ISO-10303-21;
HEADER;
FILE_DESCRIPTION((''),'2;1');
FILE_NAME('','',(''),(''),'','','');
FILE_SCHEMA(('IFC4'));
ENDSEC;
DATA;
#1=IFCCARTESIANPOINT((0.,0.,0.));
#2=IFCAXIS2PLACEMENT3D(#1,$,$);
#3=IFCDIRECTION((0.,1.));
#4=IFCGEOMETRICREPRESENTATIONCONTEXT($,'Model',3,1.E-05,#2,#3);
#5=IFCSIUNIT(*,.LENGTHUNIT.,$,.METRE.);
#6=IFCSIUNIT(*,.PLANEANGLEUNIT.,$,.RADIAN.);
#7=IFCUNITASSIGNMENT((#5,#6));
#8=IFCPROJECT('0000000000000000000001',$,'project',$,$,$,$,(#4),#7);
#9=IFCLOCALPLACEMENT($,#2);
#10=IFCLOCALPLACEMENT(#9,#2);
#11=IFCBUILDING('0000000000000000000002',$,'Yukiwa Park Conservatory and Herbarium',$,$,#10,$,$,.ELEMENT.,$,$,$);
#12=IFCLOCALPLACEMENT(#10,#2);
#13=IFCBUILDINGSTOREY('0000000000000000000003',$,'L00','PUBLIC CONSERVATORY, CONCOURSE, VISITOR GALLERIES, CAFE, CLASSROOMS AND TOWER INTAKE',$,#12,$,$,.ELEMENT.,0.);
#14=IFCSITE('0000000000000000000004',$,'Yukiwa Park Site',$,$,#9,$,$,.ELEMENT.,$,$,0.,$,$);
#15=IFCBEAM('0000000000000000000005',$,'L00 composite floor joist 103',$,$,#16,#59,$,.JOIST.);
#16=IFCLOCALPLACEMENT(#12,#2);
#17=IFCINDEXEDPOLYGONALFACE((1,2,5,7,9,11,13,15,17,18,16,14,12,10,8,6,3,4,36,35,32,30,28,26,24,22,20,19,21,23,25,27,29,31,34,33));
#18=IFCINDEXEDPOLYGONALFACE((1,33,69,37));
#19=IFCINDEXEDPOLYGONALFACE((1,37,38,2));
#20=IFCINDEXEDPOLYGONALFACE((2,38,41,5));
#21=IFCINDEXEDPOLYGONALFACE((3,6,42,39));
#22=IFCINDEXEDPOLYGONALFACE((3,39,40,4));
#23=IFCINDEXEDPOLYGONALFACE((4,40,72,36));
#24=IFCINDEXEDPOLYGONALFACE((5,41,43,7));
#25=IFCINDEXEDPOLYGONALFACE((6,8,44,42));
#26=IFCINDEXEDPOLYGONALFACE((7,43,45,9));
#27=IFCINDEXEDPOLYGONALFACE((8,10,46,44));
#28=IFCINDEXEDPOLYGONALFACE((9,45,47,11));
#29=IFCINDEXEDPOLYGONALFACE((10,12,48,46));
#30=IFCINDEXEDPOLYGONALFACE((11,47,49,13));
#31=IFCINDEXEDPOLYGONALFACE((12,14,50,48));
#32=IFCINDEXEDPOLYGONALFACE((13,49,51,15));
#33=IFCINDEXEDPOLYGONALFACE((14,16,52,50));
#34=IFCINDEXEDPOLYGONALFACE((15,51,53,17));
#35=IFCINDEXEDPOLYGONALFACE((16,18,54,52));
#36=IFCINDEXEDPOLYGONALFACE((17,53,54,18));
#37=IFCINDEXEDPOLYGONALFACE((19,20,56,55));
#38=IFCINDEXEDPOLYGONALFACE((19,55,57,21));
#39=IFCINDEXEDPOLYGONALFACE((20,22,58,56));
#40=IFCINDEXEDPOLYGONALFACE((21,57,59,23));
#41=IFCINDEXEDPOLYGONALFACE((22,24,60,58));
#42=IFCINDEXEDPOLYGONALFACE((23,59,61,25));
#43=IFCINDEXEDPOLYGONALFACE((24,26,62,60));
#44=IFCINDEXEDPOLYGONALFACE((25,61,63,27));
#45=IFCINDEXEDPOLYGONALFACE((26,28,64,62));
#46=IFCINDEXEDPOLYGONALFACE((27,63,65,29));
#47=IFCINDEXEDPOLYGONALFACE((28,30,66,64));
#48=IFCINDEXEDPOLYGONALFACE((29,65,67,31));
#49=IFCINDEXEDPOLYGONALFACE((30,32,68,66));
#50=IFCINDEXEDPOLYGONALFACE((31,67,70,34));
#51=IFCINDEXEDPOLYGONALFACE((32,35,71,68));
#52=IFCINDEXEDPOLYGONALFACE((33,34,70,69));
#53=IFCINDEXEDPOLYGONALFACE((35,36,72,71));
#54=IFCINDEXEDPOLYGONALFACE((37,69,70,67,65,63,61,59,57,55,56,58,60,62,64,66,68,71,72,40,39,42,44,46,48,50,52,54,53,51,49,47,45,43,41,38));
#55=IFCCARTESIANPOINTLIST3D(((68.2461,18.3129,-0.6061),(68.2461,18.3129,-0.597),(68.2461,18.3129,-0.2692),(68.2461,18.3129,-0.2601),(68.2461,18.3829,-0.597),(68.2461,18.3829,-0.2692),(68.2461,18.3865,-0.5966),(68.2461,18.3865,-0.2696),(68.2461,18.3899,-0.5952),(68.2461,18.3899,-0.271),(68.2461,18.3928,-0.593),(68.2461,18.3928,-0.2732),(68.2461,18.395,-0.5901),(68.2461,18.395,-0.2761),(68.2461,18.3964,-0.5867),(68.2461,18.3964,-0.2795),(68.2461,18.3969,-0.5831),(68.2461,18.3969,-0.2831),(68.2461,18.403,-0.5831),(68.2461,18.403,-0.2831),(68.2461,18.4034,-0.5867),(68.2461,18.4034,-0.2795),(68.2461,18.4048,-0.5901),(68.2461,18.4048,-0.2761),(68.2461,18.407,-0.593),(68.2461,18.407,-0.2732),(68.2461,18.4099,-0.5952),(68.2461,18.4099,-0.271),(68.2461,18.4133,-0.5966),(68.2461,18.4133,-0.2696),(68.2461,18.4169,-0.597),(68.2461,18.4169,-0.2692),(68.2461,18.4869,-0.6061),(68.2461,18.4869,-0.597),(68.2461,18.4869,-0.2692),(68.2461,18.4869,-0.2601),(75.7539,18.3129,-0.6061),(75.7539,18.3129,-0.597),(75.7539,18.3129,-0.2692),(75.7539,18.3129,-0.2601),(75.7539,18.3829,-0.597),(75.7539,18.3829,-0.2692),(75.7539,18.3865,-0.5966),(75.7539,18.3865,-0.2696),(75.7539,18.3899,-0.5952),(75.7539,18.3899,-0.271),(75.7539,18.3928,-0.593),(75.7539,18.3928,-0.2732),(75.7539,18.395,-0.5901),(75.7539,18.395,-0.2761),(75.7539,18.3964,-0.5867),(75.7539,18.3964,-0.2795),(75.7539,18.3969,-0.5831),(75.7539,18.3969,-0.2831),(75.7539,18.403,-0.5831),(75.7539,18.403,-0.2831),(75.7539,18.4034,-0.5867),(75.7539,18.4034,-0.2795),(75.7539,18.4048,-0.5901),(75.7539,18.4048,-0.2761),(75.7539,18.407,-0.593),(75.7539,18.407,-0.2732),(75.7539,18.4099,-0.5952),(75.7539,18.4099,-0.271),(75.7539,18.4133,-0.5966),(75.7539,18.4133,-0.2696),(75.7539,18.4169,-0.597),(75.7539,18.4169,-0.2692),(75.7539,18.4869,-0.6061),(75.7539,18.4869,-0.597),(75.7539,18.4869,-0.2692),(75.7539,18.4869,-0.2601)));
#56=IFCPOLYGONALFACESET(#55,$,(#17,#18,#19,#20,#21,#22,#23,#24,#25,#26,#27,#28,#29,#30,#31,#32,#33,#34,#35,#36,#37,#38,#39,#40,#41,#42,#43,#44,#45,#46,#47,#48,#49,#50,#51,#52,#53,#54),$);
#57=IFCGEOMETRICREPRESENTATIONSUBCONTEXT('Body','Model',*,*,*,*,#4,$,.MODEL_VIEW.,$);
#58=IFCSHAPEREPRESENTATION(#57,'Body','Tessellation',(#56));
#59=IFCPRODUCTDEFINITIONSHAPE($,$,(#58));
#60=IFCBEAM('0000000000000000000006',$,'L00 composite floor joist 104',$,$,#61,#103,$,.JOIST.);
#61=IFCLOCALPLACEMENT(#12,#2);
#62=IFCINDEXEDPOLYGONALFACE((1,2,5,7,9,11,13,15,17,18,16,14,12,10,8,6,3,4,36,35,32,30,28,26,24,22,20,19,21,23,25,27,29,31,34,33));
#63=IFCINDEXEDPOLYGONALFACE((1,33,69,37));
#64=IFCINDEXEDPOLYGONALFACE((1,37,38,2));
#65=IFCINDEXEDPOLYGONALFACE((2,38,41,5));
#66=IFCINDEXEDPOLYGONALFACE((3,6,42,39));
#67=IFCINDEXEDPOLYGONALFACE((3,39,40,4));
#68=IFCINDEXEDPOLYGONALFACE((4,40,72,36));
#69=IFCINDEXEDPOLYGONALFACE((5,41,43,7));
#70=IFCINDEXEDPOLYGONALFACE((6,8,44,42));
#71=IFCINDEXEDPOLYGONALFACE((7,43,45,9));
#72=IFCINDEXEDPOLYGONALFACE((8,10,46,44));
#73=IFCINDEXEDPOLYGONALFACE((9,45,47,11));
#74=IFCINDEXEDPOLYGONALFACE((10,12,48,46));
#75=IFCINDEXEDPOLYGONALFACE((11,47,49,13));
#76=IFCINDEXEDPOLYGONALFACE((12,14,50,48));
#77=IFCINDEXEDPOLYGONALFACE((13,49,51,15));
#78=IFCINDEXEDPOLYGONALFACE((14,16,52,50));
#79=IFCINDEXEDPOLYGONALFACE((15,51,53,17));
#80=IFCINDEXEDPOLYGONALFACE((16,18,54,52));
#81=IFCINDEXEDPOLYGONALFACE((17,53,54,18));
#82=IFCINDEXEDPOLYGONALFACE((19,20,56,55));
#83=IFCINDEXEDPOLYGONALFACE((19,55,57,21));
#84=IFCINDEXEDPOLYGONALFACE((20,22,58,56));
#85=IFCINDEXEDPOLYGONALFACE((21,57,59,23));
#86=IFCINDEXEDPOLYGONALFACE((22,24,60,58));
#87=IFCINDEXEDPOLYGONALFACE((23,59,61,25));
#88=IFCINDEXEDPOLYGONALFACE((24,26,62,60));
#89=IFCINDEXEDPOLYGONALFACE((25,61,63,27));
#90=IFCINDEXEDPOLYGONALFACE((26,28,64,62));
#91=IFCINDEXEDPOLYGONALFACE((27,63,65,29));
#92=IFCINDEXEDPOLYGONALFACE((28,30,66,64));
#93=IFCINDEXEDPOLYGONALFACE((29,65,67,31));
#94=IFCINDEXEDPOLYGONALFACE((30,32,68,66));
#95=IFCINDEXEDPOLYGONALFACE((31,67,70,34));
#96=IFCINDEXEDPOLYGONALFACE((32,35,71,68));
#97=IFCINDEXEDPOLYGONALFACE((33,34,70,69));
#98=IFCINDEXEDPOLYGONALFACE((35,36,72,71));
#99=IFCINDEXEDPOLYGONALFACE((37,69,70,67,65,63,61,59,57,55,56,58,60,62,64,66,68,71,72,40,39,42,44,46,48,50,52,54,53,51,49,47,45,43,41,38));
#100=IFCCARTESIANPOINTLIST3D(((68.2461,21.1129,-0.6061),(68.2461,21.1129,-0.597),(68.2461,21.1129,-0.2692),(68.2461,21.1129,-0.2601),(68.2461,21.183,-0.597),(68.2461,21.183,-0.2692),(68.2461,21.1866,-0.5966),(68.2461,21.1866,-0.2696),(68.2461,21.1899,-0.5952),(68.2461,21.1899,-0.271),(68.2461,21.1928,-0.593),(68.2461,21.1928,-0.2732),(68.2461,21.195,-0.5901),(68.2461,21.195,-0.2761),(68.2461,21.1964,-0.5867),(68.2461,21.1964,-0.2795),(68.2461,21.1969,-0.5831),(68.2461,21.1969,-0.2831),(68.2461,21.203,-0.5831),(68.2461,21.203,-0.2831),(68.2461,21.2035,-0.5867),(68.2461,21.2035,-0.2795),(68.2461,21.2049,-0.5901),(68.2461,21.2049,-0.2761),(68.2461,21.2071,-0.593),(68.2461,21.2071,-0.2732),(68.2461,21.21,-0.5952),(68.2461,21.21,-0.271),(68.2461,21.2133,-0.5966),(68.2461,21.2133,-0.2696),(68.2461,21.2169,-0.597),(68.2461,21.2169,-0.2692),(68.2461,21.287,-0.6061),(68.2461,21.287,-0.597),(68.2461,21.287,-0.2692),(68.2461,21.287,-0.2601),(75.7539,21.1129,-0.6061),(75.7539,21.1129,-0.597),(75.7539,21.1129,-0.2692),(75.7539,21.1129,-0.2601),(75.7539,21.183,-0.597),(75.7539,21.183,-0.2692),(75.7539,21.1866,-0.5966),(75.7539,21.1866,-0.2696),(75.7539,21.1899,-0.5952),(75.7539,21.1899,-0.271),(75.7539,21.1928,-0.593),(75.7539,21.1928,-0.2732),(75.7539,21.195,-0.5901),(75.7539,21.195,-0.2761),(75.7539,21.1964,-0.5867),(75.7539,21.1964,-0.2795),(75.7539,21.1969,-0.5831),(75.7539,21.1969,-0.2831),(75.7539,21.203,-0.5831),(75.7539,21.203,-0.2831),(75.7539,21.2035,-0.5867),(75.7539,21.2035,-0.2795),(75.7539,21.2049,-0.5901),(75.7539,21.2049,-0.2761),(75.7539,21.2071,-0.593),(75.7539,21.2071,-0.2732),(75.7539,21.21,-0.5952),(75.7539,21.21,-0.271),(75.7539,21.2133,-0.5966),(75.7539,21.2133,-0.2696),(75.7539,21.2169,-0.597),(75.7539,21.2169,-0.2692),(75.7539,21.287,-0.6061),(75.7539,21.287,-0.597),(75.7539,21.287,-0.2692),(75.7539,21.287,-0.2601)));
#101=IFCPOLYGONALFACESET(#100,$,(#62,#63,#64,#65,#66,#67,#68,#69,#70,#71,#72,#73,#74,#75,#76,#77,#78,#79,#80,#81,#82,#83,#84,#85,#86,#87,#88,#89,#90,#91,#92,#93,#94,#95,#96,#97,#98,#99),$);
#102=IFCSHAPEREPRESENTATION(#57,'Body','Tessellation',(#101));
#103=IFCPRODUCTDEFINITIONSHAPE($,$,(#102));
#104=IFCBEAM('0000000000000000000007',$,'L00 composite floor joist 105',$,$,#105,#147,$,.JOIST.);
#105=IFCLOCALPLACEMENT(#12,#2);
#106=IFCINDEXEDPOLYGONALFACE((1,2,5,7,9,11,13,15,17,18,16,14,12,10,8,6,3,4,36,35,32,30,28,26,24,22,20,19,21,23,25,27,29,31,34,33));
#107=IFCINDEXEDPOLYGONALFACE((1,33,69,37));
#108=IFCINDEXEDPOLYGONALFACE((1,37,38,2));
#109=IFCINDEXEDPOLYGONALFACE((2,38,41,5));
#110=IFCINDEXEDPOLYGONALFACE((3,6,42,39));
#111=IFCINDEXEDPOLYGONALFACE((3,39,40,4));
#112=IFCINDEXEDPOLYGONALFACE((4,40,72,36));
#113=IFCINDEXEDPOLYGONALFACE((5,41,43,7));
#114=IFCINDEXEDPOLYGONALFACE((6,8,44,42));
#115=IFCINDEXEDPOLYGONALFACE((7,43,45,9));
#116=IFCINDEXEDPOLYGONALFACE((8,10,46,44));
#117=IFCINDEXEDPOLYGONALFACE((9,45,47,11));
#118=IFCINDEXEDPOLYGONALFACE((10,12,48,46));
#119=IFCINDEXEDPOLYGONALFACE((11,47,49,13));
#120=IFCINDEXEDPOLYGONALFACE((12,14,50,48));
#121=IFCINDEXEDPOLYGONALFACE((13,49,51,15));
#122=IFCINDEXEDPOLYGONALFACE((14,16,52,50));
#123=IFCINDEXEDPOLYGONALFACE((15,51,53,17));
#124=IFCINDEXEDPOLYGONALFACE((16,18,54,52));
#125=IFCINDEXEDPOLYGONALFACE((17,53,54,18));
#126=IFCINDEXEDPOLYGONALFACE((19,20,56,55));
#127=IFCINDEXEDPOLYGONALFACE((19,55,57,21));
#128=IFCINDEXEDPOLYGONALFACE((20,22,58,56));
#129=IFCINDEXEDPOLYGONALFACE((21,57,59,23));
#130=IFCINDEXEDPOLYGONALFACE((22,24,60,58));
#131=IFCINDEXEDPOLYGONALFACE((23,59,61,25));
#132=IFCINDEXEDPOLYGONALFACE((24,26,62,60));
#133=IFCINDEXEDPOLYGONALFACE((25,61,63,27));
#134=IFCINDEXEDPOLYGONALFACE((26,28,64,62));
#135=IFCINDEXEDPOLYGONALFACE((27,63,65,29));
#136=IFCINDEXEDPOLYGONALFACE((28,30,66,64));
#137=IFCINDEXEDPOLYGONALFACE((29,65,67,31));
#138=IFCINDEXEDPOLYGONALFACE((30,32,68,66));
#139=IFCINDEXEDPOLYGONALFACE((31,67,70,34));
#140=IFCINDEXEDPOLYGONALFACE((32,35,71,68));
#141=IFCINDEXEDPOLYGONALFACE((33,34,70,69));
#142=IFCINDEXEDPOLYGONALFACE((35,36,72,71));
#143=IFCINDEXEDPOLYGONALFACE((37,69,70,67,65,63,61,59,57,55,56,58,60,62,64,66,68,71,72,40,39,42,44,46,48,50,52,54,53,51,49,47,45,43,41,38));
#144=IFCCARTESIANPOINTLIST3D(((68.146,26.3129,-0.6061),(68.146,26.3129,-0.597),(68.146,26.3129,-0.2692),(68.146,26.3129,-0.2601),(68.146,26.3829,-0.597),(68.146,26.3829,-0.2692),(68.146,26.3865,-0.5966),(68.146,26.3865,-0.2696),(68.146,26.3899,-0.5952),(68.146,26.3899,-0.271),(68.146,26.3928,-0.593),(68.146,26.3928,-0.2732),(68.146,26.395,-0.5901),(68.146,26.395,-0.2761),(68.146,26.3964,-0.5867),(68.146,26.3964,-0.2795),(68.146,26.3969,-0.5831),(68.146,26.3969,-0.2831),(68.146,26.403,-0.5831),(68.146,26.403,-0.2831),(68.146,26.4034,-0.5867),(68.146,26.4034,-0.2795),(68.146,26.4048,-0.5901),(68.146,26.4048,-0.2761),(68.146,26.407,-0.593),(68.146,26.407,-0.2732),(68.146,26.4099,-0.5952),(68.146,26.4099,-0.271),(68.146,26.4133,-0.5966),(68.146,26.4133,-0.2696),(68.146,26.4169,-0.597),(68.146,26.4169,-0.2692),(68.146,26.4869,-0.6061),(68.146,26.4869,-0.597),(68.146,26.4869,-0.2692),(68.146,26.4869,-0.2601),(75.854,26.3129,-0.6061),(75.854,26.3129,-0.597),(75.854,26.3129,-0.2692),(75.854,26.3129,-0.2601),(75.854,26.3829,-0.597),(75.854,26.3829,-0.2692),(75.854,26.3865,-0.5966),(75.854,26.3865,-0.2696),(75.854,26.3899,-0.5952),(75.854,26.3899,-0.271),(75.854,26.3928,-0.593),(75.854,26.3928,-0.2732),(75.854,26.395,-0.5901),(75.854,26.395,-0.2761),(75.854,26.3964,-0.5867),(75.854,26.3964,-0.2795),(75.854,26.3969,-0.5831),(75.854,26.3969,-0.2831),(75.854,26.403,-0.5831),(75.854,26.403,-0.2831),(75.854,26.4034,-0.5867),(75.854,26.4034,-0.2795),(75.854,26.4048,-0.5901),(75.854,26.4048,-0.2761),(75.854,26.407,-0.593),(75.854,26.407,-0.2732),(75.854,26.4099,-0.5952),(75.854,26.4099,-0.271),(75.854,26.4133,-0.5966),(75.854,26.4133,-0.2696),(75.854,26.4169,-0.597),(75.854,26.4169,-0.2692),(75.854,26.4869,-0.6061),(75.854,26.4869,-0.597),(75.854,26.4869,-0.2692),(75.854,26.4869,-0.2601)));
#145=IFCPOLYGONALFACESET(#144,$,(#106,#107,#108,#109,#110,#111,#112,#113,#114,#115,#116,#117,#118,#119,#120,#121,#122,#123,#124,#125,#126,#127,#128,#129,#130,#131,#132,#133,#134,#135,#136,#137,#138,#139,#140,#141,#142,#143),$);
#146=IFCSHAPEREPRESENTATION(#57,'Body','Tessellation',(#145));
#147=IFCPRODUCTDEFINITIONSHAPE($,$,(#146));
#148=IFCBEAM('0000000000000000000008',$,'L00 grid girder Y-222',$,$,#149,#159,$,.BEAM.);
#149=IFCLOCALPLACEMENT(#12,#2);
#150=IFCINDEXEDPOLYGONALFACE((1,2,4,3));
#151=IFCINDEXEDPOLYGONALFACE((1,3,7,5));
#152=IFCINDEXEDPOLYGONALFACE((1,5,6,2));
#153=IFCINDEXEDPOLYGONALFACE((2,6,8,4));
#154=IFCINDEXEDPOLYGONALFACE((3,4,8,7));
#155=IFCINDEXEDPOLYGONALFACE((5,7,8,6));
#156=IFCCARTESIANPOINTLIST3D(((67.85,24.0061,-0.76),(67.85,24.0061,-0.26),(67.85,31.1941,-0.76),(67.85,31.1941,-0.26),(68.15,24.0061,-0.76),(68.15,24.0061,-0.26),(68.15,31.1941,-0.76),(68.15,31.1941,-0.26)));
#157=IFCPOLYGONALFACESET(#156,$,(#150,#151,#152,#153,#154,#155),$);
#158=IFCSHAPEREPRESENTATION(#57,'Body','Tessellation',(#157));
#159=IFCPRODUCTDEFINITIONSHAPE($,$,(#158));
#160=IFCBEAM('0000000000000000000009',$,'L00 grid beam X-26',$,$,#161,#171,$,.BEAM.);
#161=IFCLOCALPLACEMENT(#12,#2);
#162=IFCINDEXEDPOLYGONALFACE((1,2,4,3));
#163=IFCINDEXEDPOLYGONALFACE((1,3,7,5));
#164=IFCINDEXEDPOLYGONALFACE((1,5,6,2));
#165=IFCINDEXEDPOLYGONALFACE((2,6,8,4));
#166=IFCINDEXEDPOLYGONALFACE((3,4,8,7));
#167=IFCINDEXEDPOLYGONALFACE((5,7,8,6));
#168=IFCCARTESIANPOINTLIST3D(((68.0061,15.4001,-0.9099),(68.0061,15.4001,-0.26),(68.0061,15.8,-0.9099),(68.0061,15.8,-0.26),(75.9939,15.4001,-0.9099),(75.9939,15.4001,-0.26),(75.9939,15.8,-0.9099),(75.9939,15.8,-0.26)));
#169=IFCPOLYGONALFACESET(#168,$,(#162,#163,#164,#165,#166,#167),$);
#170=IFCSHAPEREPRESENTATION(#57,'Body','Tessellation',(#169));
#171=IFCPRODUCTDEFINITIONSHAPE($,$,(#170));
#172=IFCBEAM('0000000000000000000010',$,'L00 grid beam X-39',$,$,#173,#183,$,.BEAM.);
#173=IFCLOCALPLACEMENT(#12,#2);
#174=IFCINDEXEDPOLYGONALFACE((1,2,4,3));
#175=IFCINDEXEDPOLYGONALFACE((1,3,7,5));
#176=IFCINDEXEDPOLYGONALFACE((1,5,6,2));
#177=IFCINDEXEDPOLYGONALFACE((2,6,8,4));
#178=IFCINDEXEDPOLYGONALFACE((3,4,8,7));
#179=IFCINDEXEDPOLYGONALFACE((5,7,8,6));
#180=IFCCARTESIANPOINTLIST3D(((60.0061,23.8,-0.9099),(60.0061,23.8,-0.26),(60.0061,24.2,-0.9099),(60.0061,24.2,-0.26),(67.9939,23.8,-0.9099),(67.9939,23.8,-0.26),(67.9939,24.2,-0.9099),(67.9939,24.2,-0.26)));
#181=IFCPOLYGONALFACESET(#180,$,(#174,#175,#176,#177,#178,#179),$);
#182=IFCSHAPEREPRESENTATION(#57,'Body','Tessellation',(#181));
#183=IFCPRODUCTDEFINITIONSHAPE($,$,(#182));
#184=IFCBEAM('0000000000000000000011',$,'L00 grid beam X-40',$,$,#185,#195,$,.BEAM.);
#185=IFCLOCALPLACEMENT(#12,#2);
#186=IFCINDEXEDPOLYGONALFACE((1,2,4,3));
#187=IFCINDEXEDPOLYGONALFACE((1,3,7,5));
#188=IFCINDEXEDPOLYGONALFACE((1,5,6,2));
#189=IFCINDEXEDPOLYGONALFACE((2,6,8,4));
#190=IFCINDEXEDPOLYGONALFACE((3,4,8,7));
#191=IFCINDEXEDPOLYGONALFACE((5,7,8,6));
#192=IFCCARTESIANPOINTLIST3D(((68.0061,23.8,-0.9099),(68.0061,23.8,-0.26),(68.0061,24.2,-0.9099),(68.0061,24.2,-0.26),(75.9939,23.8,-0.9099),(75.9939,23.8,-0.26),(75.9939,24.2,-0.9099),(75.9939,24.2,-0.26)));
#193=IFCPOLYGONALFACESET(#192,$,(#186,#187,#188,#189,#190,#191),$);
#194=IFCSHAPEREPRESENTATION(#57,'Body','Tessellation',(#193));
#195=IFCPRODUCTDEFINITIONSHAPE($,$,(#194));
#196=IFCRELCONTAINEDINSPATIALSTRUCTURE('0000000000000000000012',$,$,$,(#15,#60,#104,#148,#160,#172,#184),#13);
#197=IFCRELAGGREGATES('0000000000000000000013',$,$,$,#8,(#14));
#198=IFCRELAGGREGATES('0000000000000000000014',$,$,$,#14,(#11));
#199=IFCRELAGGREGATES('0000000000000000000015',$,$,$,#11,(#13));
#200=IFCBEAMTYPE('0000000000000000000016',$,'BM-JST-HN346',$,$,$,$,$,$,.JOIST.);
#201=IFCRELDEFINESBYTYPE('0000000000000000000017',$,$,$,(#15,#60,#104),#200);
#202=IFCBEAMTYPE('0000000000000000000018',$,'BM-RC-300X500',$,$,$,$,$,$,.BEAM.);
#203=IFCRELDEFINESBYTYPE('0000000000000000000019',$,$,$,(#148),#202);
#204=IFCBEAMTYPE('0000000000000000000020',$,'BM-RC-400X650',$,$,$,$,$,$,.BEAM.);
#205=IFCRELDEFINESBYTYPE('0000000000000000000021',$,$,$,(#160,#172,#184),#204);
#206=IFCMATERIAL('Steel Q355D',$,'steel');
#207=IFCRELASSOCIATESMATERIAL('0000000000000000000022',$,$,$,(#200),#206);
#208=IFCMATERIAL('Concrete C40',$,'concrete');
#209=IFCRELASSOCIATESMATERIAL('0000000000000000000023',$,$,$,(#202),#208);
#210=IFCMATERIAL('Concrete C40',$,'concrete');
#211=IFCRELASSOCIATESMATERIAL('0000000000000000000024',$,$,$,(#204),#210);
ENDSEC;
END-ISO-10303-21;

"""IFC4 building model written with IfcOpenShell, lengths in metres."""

from ifc_helpers import new_model, si_unit, direction, frame, origin, origin_2d, place, context, subcontext, project, spatial, rectangle, i_section, extrude, material, material_profile, profile_set, type_object, element, save


model = new_model("IFC4")

# Units and contexts
model_context = context("Model", 3, precision=1e-05, world=origin(), true_north=direction((0.0, 1.0)))
body_context = subcontext(model_context, "Body", "Model", "MODEL_VIEW")
ifc_project = project(units=[si_unit("LENGTHUNIT", "METRE"), si_unit("PLANEANGLEUNIT", "RADIAN")], contexts=[model_context])

# Site, building, storey
site_placement = place(None, origin())
site = spatial("IfcSite", under=ifc_project, at=site_placement, Name="Yukiwa Park Site", CompositionType="ELEMENT", RefElevation=0.0)
building_placement = place(site_placement, origin())
building = spatial("IfcBuilding", under=site, at=building_placement, Name="Yukiwa Park Conservatory and Herbarium", CompositionType="ELEMENT")
storey_placement = place(building_placement, origin())
storey = spatial("IfcBuildingStorey", under=building, at=storey_placement, Name="L00", Description="PUBLIC CONSERVATORY, CONCOURSE, VISITOR GALLERIES, CAFE, CLASSROOMS AND TOWER INTAKE", CompositionType="ELEMENT", Elevation=0.0)

# Beams
ifc_material_1 = material(Name="Steel Q355D", Category="steel")
ifc_material_profile_1 = material_profile(ifc_material_1, i_section(OverallWidth=0.1741, OverallDepth=0.3459, WebThickness=0.0061, FlangeThickness=0.009, FilletRadius=0.0139, at=origin_2d()), Name="HN 346x174x6x9")
ifc_profile_set_1 = profile_set([ifc_material_profile_1], Name="Steel Q355D")
beam_type_1 = type_object("IfcBeamType", Name="BM-JST-HN346", PredefinedType="JOIST", material=ifc_profile_set_1)
for number, where, z_axis, x_axis, name in (
    (1, (68.2461, 18.3999, -0.4331), (1.0, 0.0, 0.0), (0.0, 1.0, 0.0), "L00 composite floor joist 103"),
    (2, (68.2461, 21.2, -0.4331), (1.0, 0.0, 0.0), (0.0, 1.0, 0.0), "L00 composite floor joist 104"),
):
    element("IfcBeam", number, at=place(storey_placement, frame(where, z_axis=z_axis, x_axis=x_axis)), inside=storey, type_object=beam_type_1, Name=name, PredefinedType="JOIST", context=body_context, shape_type="SweptSolid", body=[
        extrude(i_section(OverallWidth=0.1741, OverallDepth=0.3459, WebThickness=0.0061, FlangeThickness=0.009, FilletRadius=0.0139, at=origin_2d()), origin(), (0.0, 0.0, 1.0), 7.5078),
    ])
beam_1_placement = place(storey_placement, frame((68.146, 26.3999, -0.4331), z_axis=(1.0, 0.0, 0.0), x_axis=(0.0, 1.0, 0.0)))
element("IfcBeam", 3, at=beam_1_placement, inside=storey, type_object=beam_type_1, Name="L00 composite floor joist 105", PredefinedType="JOIST", context=body_context, shape_type="SweptSolid", body=[
    extrude(i_section(OverallWidth=0.1741, OverallDepth=0.3459, WebThickness=0.0061, FlangeThickness=0.009, FilletRadius=0.0139, at=origin_2d()), origin(), (0.0, 0.0, 1.0), 7.708),
])
ifc_material_2 = material(Name="Concrete C40", Category="concrete")
ifc_material_profile_2 = material_profile(ifc_material_2, rectangle(XDim=0.3, YDim=0.5, at=origin_2d()), Name="RC 300x500")
ifc_profile_set_2 = profile_set([ifc_material_profile_2], Name="Concrete C40")
beam_type_2 = type_object("IfcBeamType", Name="BM-RC-300X500", PredefinedType="BEAM", material=ifc_profile_set_2)
beam_2_placement = place(storey_placement, frame((68.0, 24.0061, -0.51), z_axis=(0.0, 1.0, 0.0), x_axis=(-1.0, 0.0, 0.0)))
element("IfcBeam", 4, at=beam_2_placement, inside=storey, type_object=beam_type_2, Name="L00 grid girder Y-222", PredefinedType="BEAM", context=body_context, shape_type="SweptSolid", body=[
    extrude(rectangle(XDim=0.3, YDim=0.5, at=origin_2d()), origin(), (0.0, 0.0, 1.0), 7.188),
])
ifc_material_3 = material(Name="Concrete C40", Category="concrete")
ifc_material_profile_3 = material_profile(ifc_material_3, rectangle(XDim=0.3999, YDim=0.6499, at=origin_2d()), Name="RC 400x650")
ifc_profile_set_3 = profile_set([ifc_material_profile_3], Name="Concrete C40")
beam_type_3 = type_object("IfcBeamType", Name="BM-RC-400X650", PredefinedType="BEAM", material=ifc_profile_set_3)
for number, where, z_axis, x_axis, name in (
    (5, (68.0061, 15.6001, -0.585), (1.0, 0.0, 0.0), (0.0, 1.0, 0.0), "L00 grid beam X-26"),
    (6, (60.0061, 24.0, -0.585), (1.0, 0.0, 0.0), (0.0, 1.0, 0.0), "L00 grid beam X-39"),
    (7, (68.0061, 24.0, -0.585), (1.0, 0.0, 0.0), (0.0, 1.0, 0.0), "L00 grid beam X-40"),
):
    element("IfcBeam", number, at=place(storey_placement, frame(where, z_axis=z_axis, x_axis=x_axis)), inside=storey, type_object=beam_type_3, Name=name, PredefinedType="BEAM", context=body_context, shape_type="SweptSolid", body=[
        extrude(rectangle(XDim=0.3999, YDim=0.6499, at=origin_2d()), origin(), (0.0, 0.0, 1.0), 7.9878),
    ])

save(model, "model.ifc")
